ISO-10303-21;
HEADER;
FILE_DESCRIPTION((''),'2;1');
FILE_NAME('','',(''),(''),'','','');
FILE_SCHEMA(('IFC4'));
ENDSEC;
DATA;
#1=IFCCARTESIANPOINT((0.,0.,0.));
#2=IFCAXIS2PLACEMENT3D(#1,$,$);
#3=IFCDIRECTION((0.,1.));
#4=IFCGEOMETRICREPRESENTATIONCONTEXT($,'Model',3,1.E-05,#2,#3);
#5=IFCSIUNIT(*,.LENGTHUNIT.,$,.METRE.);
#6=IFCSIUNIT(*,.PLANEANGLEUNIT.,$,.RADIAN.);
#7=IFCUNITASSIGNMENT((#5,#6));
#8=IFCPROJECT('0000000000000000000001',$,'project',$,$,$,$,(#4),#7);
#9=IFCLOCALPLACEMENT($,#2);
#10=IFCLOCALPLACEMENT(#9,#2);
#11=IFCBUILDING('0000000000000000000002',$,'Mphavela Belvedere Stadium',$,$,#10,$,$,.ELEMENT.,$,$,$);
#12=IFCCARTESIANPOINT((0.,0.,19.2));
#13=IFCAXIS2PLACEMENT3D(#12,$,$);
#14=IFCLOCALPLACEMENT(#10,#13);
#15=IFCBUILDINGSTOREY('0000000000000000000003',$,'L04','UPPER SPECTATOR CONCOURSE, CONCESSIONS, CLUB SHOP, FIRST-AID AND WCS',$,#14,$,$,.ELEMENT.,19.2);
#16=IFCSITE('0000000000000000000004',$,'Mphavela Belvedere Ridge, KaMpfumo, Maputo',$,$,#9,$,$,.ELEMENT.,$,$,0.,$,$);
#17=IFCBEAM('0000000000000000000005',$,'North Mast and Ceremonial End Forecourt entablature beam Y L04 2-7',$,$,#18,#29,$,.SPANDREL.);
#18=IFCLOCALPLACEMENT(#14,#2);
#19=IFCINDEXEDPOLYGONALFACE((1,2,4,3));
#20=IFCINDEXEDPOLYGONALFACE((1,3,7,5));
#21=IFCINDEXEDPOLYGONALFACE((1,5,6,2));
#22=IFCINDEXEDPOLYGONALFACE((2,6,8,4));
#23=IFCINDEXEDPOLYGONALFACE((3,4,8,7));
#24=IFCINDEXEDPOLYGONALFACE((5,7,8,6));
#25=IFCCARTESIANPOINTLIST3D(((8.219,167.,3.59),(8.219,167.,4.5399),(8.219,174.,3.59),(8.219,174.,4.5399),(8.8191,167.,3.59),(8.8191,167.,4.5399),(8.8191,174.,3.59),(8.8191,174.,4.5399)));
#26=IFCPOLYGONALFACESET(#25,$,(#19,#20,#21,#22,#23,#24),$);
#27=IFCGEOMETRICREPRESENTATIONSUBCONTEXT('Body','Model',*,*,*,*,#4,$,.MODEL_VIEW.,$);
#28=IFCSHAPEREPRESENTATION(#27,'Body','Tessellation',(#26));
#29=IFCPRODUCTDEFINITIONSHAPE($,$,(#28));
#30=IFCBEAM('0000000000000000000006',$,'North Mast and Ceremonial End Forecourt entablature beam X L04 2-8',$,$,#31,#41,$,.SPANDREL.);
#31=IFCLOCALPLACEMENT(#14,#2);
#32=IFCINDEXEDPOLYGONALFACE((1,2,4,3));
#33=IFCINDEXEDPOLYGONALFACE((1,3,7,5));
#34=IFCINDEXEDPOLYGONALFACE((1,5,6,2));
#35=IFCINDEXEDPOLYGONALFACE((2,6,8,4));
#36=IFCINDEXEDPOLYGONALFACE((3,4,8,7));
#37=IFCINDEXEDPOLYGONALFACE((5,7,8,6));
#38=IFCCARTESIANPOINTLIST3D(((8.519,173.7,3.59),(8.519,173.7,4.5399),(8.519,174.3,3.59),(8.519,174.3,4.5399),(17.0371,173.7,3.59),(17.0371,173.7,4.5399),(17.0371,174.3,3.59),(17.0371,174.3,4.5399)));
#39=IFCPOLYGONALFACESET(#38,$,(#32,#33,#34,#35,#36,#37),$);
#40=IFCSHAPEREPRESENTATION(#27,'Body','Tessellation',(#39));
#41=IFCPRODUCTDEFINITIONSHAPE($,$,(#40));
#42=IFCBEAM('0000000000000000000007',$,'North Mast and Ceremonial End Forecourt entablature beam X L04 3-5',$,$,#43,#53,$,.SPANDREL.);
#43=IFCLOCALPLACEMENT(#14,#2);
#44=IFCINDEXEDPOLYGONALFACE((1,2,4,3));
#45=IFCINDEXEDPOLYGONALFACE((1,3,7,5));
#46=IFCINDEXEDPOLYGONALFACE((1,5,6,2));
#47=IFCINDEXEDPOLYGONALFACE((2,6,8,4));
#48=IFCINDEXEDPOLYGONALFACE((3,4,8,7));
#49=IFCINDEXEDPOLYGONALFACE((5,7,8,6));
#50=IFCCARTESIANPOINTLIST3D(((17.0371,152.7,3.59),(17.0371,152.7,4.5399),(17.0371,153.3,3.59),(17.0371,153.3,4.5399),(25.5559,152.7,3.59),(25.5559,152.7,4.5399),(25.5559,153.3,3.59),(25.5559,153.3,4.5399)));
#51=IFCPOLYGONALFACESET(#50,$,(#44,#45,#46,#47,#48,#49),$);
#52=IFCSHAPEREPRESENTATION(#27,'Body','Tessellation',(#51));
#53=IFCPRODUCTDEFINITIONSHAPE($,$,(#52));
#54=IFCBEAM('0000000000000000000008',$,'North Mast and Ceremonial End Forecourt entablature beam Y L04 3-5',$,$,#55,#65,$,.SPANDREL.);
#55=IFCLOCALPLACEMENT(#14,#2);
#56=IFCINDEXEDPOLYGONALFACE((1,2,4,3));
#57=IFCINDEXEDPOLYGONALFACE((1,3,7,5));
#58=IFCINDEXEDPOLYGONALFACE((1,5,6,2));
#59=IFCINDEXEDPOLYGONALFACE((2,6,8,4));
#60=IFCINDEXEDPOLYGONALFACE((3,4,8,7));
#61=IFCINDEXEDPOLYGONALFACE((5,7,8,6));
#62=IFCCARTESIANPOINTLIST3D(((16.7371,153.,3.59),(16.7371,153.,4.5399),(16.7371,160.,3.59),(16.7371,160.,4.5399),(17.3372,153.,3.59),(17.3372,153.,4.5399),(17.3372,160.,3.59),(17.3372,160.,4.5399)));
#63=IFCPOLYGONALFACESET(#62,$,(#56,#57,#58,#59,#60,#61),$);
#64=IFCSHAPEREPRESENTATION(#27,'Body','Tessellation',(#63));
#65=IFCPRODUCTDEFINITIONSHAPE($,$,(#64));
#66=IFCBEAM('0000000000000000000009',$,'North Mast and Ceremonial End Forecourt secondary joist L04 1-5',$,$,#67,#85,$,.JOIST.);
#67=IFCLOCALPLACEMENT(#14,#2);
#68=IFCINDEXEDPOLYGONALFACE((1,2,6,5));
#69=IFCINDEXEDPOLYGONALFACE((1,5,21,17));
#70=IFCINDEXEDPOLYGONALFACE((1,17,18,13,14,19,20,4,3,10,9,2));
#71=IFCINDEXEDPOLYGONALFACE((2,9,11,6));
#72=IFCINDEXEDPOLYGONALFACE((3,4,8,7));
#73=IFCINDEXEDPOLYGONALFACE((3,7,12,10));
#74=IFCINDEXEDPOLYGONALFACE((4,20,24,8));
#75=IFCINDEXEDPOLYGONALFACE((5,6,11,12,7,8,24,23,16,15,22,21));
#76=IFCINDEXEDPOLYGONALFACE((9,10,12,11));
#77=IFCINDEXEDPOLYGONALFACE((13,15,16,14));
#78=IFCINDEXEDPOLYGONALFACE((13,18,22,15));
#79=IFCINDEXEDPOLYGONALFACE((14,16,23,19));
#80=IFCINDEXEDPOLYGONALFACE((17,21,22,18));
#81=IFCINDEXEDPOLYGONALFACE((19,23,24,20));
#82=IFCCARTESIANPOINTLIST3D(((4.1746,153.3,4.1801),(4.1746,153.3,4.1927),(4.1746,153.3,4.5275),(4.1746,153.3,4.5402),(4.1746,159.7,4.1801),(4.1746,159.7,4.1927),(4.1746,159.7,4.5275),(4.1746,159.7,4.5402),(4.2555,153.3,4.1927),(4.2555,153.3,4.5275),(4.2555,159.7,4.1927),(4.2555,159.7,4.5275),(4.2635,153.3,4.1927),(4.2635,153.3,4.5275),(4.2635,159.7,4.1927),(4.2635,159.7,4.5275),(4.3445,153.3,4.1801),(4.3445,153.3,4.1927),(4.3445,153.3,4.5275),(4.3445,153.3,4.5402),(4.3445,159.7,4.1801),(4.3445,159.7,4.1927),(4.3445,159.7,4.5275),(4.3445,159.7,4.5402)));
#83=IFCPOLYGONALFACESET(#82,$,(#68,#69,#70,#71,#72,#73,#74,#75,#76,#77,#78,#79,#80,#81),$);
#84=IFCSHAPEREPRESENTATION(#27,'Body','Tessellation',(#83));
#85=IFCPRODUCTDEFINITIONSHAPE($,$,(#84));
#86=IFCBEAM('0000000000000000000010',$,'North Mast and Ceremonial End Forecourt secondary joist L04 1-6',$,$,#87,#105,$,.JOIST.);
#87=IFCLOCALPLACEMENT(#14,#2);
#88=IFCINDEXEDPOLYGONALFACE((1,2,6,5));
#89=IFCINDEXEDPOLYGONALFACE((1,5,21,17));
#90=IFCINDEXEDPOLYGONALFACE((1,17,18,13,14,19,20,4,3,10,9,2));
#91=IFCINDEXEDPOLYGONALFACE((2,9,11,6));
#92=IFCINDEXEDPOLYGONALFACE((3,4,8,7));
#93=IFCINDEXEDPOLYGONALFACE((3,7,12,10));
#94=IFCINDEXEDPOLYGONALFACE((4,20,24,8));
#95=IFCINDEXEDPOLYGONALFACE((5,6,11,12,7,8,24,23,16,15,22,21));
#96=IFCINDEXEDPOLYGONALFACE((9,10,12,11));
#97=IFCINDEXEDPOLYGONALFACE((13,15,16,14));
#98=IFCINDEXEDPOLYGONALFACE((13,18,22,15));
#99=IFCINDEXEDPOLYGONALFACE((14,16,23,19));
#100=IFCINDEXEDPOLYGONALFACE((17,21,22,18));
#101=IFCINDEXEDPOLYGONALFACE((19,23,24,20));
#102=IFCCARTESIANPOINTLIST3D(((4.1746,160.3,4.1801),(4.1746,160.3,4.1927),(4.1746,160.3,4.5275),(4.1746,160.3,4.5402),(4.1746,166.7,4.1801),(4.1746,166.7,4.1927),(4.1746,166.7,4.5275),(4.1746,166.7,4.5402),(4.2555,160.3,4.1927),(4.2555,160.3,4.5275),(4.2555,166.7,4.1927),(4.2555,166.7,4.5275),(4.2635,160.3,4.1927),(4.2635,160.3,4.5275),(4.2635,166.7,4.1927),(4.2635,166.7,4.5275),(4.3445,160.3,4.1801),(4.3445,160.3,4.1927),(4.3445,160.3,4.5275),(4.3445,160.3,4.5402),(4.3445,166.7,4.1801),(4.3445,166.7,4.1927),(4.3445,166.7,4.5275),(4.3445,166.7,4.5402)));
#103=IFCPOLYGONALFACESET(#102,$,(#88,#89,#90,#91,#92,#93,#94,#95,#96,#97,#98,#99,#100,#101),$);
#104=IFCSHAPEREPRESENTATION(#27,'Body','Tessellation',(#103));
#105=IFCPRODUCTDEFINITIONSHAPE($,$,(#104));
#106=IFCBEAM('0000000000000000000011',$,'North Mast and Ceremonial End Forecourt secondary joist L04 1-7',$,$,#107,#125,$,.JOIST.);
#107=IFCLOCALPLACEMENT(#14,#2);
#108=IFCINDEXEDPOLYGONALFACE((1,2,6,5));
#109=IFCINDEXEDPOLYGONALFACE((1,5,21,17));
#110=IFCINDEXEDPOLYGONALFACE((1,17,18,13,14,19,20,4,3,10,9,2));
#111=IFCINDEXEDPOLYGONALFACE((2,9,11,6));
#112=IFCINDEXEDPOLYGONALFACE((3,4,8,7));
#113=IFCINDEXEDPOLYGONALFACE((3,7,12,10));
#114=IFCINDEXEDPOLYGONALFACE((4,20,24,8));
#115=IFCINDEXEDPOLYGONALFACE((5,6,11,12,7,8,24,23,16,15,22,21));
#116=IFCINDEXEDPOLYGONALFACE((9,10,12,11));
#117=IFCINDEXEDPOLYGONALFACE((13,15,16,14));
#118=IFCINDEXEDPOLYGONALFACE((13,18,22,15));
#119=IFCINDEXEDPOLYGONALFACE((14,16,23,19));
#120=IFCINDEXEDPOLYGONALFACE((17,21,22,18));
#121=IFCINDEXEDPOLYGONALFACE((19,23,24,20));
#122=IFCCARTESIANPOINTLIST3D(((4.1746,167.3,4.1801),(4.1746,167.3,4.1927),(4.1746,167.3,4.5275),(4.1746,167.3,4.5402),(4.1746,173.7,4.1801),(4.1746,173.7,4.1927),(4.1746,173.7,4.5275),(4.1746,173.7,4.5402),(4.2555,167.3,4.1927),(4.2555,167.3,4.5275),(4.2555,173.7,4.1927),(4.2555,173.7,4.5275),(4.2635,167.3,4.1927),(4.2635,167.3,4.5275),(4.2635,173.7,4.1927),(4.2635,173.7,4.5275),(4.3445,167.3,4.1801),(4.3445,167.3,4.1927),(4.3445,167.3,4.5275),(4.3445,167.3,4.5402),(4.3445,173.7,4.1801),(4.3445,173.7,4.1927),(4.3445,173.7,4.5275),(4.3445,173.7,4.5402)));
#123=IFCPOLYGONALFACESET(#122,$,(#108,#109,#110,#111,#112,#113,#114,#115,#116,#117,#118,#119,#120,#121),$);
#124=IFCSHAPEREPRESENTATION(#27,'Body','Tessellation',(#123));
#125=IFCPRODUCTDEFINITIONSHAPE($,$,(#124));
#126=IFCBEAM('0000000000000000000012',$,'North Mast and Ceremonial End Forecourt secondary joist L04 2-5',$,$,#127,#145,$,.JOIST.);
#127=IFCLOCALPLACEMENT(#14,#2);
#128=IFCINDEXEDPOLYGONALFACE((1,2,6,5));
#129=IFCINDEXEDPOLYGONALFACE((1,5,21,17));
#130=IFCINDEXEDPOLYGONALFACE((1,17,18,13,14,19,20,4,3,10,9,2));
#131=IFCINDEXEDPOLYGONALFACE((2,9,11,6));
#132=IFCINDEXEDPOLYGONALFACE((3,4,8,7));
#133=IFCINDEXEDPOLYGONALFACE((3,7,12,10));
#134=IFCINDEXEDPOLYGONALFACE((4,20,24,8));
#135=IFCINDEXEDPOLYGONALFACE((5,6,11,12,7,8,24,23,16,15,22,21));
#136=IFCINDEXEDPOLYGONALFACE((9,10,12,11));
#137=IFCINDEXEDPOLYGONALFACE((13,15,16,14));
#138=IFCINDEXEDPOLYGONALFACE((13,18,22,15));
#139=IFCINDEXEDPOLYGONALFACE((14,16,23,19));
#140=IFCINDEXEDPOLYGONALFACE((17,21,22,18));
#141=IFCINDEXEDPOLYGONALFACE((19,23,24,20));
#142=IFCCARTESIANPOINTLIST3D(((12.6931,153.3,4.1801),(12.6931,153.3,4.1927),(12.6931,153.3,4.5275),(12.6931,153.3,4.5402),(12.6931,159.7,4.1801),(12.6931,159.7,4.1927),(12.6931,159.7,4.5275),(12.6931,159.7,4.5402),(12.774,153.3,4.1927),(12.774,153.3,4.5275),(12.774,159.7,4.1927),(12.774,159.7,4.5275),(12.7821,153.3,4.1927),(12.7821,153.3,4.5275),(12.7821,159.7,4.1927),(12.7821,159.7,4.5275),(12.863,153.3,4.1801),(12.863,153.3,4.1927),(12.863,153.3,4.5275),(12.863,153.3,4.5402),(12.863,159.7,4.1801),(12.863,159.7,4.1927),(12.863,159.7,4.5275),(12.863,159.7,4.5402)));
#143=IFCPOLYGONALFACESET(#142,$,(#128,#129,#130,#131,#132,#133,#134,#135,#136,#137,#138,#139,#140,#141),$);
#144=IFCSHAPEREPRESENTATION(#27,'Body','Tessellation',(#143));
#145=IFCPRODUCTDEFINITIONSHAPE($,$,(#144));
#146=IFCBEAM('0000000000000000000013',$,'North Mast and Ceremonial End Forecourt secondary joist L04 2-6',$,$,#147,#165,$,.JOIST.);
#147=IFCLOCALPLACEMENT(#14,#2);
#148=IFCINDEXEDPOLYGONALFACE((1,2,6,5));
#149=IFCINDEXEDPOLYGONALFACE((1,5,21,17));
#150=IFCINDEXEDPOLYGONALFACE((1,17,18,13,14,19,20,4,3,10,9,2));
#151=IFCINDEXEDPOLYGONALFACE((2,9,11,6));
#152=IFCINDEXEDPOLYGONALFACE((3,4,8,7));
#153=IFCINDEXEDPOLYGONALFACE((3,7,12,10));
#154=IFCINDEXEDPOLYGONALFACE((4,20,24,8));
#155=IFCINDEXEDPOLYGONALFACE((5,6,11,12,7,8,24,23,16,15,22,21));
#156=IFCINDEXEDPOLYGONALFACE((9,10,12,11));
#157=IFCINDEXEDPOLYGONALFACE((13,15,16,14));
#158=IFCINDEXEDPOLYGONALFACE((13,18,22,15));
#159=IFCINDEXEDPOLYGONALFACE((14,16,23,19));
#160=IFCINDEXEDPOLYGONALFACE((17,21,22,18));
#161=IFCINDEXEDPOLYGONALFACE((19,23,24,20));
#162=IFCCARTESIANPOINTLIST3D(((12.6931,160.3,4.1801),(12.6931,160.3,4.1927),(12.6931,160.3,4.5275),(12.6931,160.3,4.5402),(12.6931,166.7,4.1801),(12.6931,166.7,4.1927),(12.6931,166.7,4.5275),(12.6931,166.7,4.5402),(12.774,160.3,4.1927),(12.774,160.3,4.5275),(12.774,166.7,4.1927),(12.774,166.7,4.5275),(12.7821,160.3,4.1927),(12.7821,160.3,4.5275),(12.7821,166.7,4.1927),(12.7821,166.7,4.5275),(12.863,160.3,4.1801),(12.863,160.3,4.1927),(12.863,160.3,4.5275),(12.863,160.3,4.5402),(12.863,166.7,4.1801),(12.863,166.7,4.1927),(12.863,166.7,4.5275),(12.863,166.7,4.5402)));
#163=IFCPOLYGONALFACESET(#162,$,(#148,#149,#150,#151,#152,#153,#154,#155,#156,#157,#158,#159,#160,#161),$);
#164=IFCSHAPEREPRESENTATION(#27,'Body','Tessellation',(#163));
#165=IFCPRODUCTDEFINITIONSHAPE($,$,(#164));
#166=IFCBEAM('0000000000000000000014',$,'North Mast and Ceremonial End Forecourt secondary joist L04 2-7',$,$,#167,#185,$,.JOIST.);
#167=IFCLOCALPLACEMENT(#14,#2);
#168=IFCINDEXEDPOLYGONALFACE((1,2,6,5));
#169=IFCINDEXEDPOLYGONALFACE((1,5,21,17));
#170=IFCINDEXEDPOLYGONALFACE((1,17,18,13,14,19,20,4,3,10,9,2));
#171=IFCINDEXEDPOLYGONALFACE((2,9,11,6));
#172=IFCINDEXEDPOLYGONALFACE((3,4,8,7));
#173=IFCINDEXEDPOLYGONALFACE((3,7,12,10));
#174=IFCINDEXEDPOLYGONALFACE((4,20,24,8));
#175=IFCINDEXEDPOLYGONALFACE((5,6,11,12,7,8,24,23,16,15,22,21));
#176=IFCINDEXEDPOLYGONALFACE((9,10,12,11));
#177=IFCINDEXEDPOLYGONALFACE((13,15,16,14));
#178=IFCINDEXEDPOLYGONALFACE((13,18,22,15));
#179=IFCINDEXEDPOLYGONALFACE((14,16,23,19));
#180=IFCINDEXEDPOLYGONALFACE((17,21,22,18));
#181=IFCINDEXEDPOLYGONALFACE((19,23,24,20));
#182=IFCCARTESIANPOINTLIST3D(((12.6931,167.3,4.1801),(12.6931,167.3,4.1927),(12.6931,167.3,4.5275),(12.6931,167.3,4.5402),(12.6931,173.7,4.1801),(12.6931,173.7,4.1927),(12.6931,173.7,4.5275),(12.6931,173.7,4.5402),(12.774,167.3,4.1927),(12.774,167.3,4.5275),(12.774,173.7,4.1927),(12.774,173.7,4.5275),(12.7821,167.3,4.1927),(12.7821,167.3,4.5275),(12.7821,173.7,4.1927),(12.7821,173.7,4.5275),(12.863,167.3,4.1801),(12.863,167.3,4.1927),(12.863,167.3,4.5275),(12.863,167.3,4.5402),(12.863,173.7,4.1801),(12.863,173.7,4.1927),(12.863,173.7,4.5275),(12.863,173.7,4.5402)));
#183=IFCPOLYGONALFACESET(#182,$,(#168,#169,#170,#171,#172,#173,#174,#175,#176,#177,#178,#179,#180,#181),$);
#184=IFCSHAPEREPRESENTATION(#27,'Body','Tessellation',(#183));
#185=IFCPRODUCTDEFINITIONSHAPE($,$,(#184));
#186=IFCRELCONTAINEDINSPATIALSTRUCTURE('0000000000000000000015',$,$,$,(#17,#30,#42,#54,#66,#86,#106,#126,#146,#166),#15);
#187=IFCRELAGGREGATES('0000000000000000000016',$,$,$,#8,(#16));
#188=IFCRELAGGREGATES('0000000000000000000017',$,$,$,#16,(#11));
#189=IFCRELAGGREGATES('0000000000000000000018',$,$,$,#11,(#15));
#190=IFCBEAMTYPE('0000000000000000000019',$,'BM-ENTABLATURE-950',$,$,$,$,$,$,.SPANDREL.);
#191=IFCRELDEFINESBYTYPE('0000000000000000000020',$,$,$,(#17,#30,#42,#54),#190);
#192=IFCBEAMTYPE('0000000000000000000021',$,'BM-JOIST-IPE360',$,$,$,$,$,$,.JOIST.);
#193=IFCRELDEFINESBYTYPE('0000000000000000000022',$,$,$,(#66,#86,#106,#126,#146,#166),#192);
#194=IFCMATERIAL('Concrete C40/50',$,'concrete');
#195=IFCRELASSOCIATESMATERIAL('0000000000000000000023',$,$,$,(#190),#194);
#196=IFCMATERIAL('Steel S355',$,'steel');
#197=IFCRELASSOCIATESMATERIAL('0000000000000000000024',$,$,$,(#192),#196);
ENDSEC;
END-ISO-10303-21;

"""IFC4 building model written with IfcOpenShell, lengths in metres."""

from ifc_helpers import new_model, si_unit, direction, frame, origin, origin_2d, place, context, subcontext, project, spatial, rectangle, i_section, extrude, material, material_profile, profile_set, type_object, element, save


model = new_model("IFC4")

# Units and contexts
model_context = context("Model", 3, precision=1e-05, world=origin(), true_north=direction((0.0, 1.0)))
body_context = subcontext(model_context, "Body", "Model", "MODEL_VIEW")
ifc_project = project(units=[si_unit("LENGTHUNIT", "METRE"), si_unit("PLANEANGLEUNIT", "RADIAN")], contexts=[model_context])

# Site, building, storey
site_placement = place(None, origin())
site = spatial("IfcSite", under=ifc_project, at=site_placement, Name="Mphavela Belvedere Ridge, KaMpfumo, Maputo", CompositionType="ELEMENT", RefElevation=0.0)
building_placement = place(site_placement, origin())
building = spatial("IfcBuilding", under=site, at=building_placement, Name="Mphavela Belvedere Stadium", CompositionType="ELEMENT")
storey_placement = place(building_placement, frame((0.0, 0.0, 19.2)))
storey = spatial("IfcBuildingStorey", under=building, at=storey_placement, Name="L04", Description="UPPER SPECTATOR CONCOURSE, CONCESSIONS, CLUB SHOP, FIRST-AID AND WCS", CompositionType="ELEMENT", Elevation=19.2)

# Beams
ifc_material_1 = material(Name="Concrete C40/50", Category="concrete")
ifc_material_profile_1 = material_profile(ifc_material_1, rectangle(XDim=0.6001, YDim=0.95, at=origin_2d()), Name="RC 600x950")
ifc_profile_set_1 = profile_set([ifc_material_profile_1], Name="Concrete C40/50")
beam_type_1 = type_object("IfcBeamType", Name="BM-ENTABLATURE-950", PredefinedType="SPANDREL", material=ifc_profile_set_1)
beam_1_placement = place(storey_placement, frame((8.519, 167.0, 4.0649), z_axis=(0.0, 1.0, 0.0), x_axis=(-1.0, 0.0, 0.0)))
element("IfcBeam", 1, at=beam_1_placement, inside=storey, type_object=beam_type_1, Name="North Mast and Ceremonial End Forecourt entablature beam Y L04 2-7", PredefinedType="SPANDREL", context=body_context, shape_type="SweptSolid", body=[
    extrude(rectangle(XDim=0.6001, YDim=0.95, at=origin_2d()), origin(), (0.0, 0.0, 1.0), 7.0),
])
beam_2_placement = place(storey_placement, frame((8.519, 174.0, 4.0649), z_axis=(1.0, 0.0, 0.0), x_axis=(0.0, 1.0, 0.0)))
element("IfcBeam", 2, at=beam_2_placement, inside=storey, type_object=beam_type_1, Name="North Mast and Ceremonial End Forecourt entablature beam X L04 2-8", PredefinedType="SPANDREL", context=body_context, shape_type="SweptSolid", body=[
    extrude(rectangle(XDim=0.6001, YDim=0.95, at=origin_2d()), origin(), (0.0, 0.0, 1.0), 8.5181),
])
beam_3_placement = place(storey_placement, frame((17.0371, 153.0, 4.0649), z_axis=(1.0, 0.0, 0.0), x_axis=(0.0, 1.0, 0.0)))
element("IfcBeam", 3, at=beam_3_placement, inside=storey, type_object=beam_type_1, Name="North Mast and Ceremonial End Forecourt entablature beam X L04 3-5", PredefinedType="SPANDREL", context=body_context, shape_type="SweptSolid", body=[
    extrude(rectangle(XDim=0.6001, YDim=0.95, at=origin_2d()), origin(), (0.0, 0.0, 1.0), 8.5188),
])
beam_4_placement = place(storey_placement, frame((17.0371, 153.0, 4.0649), z_axis=(0.0, 1.0, 0.0), x_axis=(-1.0, 0.0, 0.0)))
element("IfcBeam", 4, at=beam_4_placement, inside=storey, type_object=beam_type_1, Name="North Mast and Ceremonial End Forecourt entablature beam Y L04 3-5", PredefinedType="SPANDREL", context=body_context, shape_type="SweptSolid", body=[
    extrude(rectangle(XDim=0.6001, YDim=0.95, at=origin_2d()), origin(), (0.0, 0.0, 1.0), 7.0),
])
ifc_material_2 = material(Name="Steel S355", Category="steel")
ifc_material_profile_2 = material_profile(ifc_material_2, i_section(OverallWidth=0.1699, OverallDepth=0.3601, WebThickness=0.0081, FlangeThickness=0.0127, at=origin_2d()), Name="IPE 360")
ifc_profile_set_2 = profile_set([ifc_material_profile_2], Name="Steel S355")
beam_type_2 = type_object("IfcBeamType", Name="BM-JOIST-IPE360", PredefinedType="JOIST", material=ifc_profile_set_2)
for number, where, z_axis, x_axis, name in (
    (5, (4.2595, 153.3, 4.3601), (0.0, 1.0, 0.0), (-1.0, 0.0, 0.0), "North Mast and Ceremonial End Forecourt secondary joist L04 1-5"),
    (6, (4.2595, 160.3, 4.3601), (0.0, 1.0, 0.0), (-1.0, 0.0, 0.0), "North Mast and Ceremonial End Forecourt secondary joist L04 1-6"),
    (7, (4.2595, 167.3, 4.3601), (0.0, 1.0, 0.0), (-1.0, 0.0, 0.0), "North Mast and Ceremonial End Forecourt secondary joist L04 1-7"),
    (8, (12.7781, 153.3, 4.3601), (0.0, 1.0, 0.0), (-1.0, 0.0, 0.0), "North Mast and Ceremonial End Forecourt secondary joist L04 2-5"),
    (9, (12.7781, 160.3, 4.3601), (0.0, 1.0, 0.0), (-1.0, 0.0, 0.0), "North Mast and Ceremonial End Forecourt secondary joist L04 2-6"),
    (10, (12.7781, 167.3, 4.3601), (0.0, 1.0, 0.0), (-1.0, 0.0, 0.0), "North Mast and Ceremonial End Forecourt secondary joist L04 2-7"),
):
    element("IfcBeam", number, at=place(storey_placement, frame(where, z_axis=z_axis, x_axis=x_axis)), inside=storey, type_object=beam_type_2, Name=name, PredefinedType="JOIST", context=body_context, shape_type="SweptSolid", body=[
        extrude(i_section(OverallWidth=0.1699, OverallDepth=0.3601, WebThickness=0.0081, FlangeThickness=0.0127, at=origin_2d()), origin(), (0.0, 0.0, 1.0), 6.3999),
    ])

save(model, "model.ifc")
